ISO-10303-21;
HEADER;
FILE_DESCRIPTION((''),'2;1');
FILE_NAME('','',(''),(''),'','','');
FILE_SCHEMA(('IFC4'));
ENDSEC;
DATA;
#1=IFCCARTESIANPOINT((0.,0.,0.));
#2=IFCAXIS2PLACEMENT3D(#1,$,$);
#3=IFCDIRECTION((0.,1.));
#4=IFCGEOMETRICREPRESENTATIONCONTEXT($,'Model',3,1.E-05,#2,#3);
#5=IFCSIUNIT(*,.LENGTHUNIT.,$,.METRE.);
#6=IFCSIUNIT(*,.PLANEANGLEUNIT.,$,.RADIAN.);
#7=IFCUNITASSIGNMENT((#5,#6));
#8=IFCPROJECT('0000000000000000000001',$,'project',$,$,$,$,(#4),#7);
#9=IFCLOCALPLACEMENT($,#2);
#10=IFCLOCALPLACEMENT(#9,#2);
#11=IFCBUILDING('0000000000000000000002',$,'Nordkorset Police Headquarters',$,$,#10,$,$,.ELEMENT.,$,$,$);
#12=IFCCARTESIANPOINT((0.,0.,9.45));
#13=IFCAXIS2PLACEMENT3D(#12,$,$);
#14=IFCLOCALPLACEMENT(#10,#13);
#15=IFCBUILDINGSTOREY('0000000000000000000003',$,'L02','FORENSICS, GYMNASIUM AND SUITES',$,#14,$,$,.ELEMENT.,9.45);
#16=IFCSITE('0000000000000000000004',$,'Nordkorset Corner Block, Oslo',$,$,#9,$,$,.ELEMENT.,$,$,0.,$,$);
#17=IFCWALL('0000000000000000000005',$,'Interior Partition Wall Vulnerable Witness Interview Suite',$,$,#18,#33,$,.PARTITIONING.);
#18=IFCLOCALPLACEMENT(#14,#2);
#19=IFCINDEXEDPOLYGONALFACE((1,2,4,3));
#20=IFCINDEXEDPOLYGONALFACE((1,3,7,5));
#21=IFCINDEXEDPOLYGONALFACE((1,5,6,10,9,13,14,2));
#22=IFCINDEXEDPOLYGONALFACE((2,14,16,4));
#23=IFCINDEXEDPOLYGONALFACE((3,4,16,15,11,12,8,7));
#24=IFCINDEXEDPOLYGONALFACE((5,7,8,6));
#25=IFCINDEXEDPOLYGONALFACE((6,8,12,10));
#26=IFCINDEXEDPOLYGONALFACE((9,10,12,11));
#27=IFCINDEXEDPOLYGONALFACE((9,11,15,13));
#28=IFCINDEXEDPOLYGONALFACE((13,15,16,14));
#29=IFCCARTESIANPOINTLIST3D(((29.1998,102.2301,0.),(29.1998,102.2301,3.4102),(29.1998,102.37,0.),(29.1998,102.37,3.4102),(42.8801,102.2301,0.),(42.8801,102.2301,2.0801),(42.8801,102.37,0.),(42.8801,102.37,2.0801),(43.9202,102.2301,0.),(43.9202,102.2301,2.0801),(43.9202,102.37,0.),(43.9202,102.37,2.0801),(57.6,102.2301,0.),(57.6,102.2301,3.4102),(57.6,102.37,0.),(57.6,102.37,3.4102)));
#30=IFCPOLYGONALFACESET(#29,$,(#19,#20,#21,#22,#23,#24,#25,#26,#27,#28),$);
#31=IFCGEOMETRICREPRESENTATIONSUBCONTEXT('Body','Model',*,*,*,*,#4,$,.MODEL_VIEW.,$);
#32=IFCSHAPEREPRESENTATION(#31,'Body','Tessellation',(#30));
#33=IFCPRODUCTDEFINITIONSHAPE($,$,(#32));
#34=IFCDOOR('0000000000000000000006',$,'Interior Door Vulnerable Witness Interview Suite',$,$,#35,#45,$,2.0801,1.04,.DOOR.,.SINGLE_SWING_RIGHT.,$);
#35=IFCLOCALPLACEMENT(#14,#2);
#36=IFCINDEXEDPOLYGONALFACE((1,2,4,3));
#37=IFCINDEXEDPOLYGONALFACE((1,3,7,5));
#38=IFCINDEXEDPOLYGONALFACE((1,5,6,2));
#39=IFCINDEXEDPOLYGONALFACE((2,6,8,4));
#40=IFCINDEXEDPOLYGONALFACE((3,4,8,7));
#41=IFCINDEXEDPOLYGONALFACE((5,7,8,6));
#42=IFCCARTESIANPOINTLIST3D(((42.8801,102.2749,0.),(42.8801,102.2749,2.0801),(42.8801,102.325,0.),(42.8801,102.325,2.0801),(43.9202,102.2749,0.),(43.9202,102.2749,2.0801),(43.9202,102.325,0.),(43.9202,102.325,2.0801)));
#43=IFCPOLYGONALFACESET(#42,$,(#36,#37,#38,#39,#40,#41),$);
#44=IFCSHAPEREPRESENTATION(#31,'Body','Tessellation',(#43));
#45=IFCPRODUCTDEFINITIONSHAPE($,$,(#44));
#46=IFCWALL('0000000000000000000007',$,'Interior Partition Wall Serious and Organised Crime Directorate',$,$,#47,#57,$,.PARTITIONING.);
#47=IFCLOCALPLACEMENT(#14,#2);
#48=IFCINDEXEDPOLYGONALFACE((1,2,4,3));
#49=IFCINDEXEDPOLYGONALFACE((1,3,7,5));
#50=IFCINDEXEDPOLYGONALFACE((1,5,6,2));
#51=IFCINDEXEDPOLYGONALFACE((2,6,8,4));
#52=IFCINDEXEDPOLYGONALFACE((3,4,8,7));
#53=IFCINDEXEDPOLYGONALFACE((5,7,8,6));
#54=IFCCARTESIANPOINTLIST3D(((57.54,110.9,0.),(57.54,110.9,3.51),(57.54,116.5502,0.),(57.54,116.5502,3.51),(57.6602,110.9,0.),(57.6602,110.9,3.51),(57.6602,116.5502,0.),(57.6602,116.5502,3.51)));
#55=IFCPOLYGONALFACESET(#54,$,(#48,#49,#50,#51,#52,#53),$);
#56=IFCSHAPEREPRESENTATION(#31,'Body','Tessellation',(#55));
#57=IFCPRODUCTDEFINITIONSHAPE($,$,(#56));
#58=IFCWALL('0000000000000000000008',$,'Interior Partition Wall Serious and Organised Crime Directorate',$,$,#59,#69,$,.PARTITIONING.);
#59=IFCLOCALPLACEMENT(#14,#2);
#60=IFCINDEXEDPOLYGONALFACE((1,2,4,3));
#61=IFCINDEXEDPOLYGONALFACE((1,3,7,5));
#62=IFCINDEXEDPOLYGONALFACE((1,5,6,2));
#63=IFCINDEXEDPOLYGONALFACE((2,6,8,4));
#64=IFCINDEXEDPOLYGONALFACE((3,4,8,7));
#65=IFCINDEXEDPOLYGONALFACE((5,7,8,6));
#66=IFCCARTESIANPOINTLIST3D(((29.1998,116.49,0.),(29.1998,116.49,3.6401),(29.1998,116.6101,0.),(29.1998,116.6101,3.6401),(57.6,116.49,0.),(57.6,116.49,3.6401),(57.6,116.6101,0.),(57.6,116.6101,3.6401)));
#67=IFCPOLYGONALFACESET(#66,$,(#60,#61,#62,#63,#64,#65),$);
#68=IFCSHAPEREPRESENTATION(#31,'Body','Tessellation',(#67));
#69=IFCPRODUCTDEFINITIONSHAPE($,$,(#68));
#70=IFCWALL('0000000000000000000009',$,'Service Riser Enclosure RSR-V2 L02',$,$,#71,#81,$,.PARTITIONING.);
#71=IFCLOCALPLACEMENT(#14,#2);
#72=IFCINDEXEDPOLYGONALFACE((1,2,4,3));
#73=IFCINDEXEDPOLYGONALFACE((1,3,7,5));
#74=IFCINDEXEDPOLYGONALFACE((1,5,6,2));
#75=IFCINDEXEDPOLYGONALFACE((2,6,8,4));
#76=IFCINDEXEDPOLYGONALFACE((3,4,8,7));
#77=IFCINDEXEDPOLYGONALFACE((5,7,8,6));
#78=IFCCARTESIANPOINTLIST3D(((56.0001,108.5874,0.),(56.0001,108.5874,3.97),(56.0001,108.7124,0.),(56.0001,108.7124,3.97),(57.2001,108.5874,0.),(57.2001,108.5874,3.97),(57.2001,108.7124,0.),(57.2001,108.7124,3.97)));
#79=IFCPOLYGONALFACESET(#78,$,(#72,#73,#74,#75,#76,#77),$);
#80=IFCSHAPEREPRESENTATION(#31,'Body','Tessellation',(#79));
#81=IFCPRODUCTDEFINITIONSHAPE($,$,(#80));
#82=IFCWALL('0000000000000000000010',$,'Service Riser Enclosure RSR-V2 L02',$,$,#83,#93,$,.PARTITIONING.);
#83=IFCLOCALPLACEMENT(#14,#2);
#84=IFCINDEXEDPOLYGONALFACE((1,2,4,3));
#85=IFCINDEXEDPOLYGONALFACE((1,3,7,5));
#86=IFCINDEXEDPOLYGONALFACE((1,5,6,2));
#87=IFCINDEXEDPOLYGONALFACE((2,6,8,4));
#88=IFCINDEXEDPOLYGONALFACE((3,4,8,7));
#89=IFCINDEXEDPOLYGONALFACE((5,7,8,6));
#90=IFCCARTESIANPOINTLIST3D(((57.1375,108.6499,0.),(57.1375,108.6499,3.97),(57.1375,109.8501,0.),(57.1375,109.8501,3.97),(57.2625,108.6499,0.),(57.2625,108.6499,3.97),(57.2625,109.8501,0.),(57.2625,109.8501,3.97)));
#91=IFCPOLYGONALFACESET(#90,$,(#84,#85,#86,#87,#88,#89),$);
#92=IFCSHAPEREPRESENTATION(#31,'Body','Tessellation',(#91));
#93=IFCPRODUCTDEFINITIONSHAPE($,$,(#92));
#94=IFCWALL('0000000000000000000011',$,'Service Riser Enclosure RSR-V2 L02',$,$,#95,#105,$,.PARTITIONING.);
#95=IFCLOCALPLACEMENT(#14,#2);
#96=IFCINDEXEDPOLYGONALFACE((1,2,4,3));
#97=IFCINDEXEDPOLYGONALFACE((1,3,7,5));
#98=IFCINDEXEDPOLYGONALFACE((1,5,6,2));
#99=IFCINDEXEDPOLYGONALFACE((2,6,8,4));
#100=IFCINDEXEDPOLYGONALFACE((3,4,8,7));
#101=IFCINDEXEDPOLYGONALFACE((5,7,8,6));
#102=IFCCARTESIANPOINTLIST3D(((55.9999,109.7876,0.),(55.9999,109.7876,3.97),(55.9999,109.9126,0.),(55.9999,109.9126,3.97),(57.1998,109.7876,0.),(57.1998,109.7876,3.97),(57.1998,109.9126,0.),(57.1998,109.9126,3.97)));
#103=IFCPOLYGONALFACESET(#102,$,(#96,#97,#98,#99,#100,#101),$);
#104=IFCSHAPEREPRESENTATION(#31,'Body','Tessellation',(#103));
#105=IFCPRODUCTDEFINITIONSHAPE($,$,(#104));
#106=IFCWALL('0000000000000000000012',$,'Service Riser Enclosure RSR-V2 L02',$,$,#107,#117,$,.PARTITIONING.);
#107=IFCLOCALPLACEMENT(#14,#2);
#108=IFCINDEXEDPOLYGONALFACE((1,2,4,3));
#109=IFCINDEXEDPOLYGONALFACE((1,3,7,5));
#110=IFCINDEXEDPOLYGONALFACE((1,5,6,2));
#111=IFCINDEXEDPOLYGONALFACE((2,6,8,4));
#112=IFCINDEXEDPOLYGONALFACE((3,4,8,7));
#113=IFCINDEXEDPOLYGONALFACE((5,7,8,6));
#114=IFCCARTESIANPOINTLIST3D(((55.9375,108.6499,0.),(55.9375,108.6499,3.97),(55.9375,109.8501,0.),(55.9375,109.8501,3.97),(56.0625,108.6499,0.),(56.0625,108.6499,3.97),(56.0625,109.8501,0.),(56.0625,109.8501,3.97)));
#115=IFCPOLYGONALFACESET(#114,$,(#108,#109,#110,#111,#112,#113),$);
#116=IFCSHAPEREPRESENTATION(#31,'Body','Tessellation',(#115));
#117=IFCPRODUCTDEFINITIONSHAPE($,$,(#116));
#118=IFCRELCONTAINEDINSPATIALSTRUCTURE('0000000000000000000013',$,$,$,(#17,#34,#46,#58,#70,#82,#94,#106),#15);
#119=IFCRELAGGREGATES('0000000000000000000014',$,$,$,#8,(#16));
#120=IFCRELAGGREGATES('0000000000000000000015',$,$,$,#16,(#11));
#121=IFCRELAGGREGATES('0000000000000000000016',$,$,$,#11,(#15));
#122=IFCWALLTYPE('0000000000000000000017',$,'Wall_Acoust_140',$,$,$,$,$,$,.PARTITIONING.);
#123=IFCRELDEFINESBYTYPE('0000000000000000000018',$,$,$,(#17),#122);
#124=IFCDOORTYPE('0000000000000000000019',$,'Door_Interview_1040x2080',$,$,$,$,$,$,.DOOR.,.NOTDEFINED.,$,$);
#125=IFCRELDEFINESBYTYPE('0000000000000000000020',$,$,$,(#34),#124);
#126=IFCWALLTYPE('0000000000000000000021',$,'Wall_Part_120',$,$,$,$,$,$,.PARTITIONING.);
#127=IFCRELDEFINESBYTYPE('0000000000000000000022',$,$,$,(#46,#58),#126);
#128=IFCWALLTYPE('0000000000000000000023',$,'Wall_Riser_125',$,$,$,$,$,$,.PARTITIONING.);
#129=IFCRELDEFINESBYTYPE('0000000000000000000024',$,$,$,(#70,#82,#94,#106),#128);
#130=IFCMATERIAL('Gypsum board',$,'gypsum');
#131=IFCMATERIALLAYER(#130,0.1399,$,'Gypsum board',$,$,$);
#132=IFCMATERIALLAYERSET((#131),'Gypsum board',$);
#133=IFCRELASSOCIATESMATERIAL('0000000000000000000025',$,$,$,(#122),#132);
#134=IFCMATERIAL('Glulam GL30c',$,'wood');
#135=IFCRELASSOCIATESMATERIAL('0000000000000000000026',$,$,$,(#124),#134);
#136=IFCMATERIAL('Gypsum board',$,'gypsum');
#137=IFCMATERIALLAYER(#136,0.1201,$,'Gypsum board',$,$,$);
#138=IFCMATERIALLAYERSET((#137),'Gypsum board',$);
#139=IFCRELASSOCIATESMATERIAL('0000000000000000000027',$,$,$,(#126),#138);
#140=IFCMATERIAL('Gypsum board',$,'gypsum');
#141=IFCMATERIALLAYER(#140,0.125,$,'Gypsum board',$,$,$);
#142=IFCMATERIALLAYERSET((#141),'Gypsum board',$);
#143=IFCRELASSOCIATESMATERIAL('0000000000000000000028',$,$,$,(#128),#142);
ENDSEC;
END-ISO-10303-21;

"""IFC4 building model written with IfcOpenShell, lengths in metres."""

from ifc_helpers import new_model, si_unit, direction, frame, frame_2d, origin, place, context, subcontext, project, spatial, rectangle, extrude, material, layer, layer_set, type_object, element, fill, save


model = new_model("IFC4")

# Units and contexts
model_context = context("Model", 3, precision=1e-05, world=origin(), true_north=direction((0.0, 1.0)))
body_context = subcontext(model_context, "Body", "Model", "MODEL_VIEW")
ifc_project = project(units=[si_unit("LENGTHUNIT", "METRE"), si_unit("PLANEANGLEUNIT", "RADIAN")], contexts=[model_context])

# Site, building, storey
site_placement = place(None, origin())
site = spatial("IfcSite", under=ifc_project, at=site_placement, Name="Nordkorset Corner Block, Oslo", CompositionType="ELEMENT", RefElevation=0.0)
building_placement = place(site_placement, origin())
building = spatial("IfcBuilding", under=site, at=building_placement, Name="Nordkorset Police Headquarters", CompositionType="ELEMENT")
storey_placement = place(building_placement, frame((0.0, 0.0, 9.45)))
storey = spatial("IfcBuildingStorey", under=building, at=storey_placement, Name="L02", Description="FORENSICS, GYMNASIUM AND SUITES", CompositionType="ELEMENT", Elevation=9.45)

# Shared definitions
ifc_material_1 = material(Name="Gypsum board", Category="gypsum")
ifc_layer_1 = layer(ifc_material_1, 0.1399, Name="Gypsum board")
ifc_layer_set_1 = layer_set([ifc_layer_1], Name="Gypsum board")
wall_type_1 = type_object("IfcWallType", Name="Wall_Acoust_140", PredefinedType="PARTITIONING", material=ifc_layer_set_1)

# Wall, opening, door
wall_1_placement = place(storey_placement, frame((57.6001, 102.3, 0.0), z_axis=(0.0, 0.0, 1.0), x_axis=(-1.0, 0.0, 0.0)))
wall_1 = element("IfcWall", 1, at=wall_1_placement, inside=storey, type_object=wall_type_1, Name="Interior Partition Wall Vulnerable Witness Interview Suite", PredefinedType="PARTITIONING", context=body_context, shape_type="SweptSolid", body=[
    extrude(rectangle(XDim=28.4001, YDim=0.1399, at=frame_2d((14.2002, 0.0))), origin(), (0.0, 0.0, 1.0), 3.4102),
])
opening_placement = place(wall_1_placement, frame((13.6799, 0.0, 0.0)))
opening = element("IfcOpeningElement", 2, at=opening_placement, cuts=wall_1, PredefinedType="OPENING", context=body_context, shape_type="SweptSolid", body=[
    extrude(rectangle(XDim=1.04, YDim=2.0801, at=frame_2d((0.52, 1.04))), frame((0.0, 0.0801, 0.0), z_axis=(0.0, -1.0, 0.0), x_axis=(1.0, 0.0, 0.0)), (0.0, 0.0, 1.0), 0.1599),
])
ifc_material_2 = material(Name="Glulam GL30c", Category="wood")
door_type = type_object("IfcDoorType", Name="Door_Interview_1040x2080", OperationType="NOTDEFINED", PredefinedType="DOOR", material=ifc_material_2)
door_placement = place(opening_placement, frame((1.04, 0.0, 0.0), z_axis=(0.0, 0.0, 1.0), x_axis=(-1.0, 0.0, 0.0)))
door = element("IfcDoor", 3, at=door_placement, inside=storey, type_object=door_type, Name="Interior Door Vulnerable Witness Interview Suite", OperationType="SINGLE_SWING_RIGHT", OverallHeight=2.0801, OverallWidth=1.04, PredefinedType="DOOR", context=body_context, shape_type="SweptSolid", body=[
    extrude(rectangle(XDim=1.04, YDim=2.0801, at=frame_2d((0.52, 1.04))), frame((0.0, 0.0249, 0.0), z_axis=(0.0, -1.0, 0.0), x_axis=(1.0, 0.0, 0.0)), (0.0, 0.0, 1.0), 0.05),
])
fill(opening, door)

# Walls
ifc_material_3 = material(Name="Gypsum board", Category="gypsum")
ifc_layer_2 = layer(ifc_material_3, 0.1201, Name="Gypsum board")
ifc_layer_set_2 = layer_set([ifc_layer_2], Name="Gypsum board")
wall_type_2 = type_object("IfcWallType", Name="Wall_Part_120", PredefinedType="PARTITIONING", material=ifc_layer_set_2)
wall_2_placement = place(storey_placement, frame((57.6001, 110.8999, 0.0), z_axis=(0.0, 0.0, 1.0), x_axis=(0.0, 1.0, 0.0)))
element("IfcWall", 4, at=wall_2_placement, inside=storey, type_object=wall_type_2, Name="Interior Partition Wall Serious and Organised Crime Directorate", PredefinedType="PARTITIONING", context=body_context, shape_type="SweptSolid", body=[
    extrude(rectangle(XDim=5.6501, YDim=0.1201, at=frame_2d((2.8252, 0.0))), origin(), (0.0, 0.0, 1.0), 3.51),
])
wall_3_placement = place(storey_placement, frame((57.6001, 116.55, 0.0), z_axis=(0.0, 0.0, 1.0), x_axis=(-1.0, 0.0, 0.0)))
element("IfcWall", 5, at=wall_3_placement, inside=storey, type_object=wall_type_2, Name="Interior Partition Wall Serious and Organised Crime Directorate", PredefinedType="PARTITIONING", context=body_context, shape_type="SweptSolid", body=[
    extrude(rectangle(XDim=28.4001, YDim=0.1201, at=frame_2d((14.2002, 0.0))), origin(), (0.0, 0.0, 1.0), 3.6401),
])
ifc_material_4 = material(Name="Gypsum board", Category="gypsum")
ifc_layer_3 = layer(ifc_material_4, 0.125, Name="Gypsum board")
ifc_layer_set_3 = layer_set([ifc_layer_3], Name="Gypsum board")
wall_type_3 = type_object("IfcWallType", Name="Wall_Riser_125", PredefinedType="PARTITIONING", material=ifc_layer_set_3)
wall_4_placement = place(storey_placement, frame((56.0, 108.6499, 0.0), z_axis=(0.0, 0.0, 1.0), x_axis=(1.0, 0.0, 0.0)))
element("IfcWall", 6, at=wall_4_placement, inside=storey, type_object=wall_type_3, Name="Service Riser Enclosure RSR-V2 L02", PredefinedType="PARTITIONING", context=body_context, shape_type="SweptSolid", body=[
    extrude(rectangle(XDim=1.2, YDim=0.125, at=frame_2d((0.6001, 0.0))), origin(), (0.0, 0.0, 1.0), 3.97),
])
wall_5_placement = place(storey_placement, frame((57.2, 108.6499, 0.0), z_axis=(0.0, 0.0, 1.0), x_axis=(0.0, 1.0, 0.0)))
element("IfcWall", 7, at=wall_5_placement, inside=storey, type_object=wall_type_3, Name="Service Riser Enclosure RSR-V2 L02", PredefinedType="PARTITIONING", context=body_context, shape_type="SweptSolid", body=[
    extrude(rectangle(XDim=1.2002, YDim=0.125, at=frame_2d((0.6001, 0.0))), origin(), (0.0, 0.0, 1.0), 3.97),
])
wall_6_placement = place(storey_placement, frame((57.2, 109.8501, 0.0), z_axis=(0.0, 0.0, 1.0), x_axis=(-1.0, 0.0, 0.0)))
element("IfcWall", 8, at=wall_6_placement, inside=storey, type_object=wall_type_3, Name="Service Riser Enclosure RSR-V2 L02", PredefinedType="PARTITIONING", context=body_context, shape_type="SweptSolid", body=[
    extrude(rectangle(XDim=1.2, YDim=0.125, at=frame_2d((0.6001, 0.0))), origin(), (0.0, 0.0, 1.0), 3.97),
])
wall_7_placement = place(storey_placement, frame((56.0, 109.8501, 0.0), z_axis=(0.0, 0.0, 1.0), x_axis=(0.0, -1.0, 0.0)))
element("IfcWall", 9, at=wall_7_placement, inside=storey, type_object=wall_type_3, Name="Service Riser Enclosure RSR-V2 L02", PredefinedType="PARTITIONING", context=body_context, shape_type="SweptSolid", body=[
    extrude(rectangle(XDim=1.2002, YDim=0.125, at=frame_2d((0.6001, 0.0))), origin(), (0.0, 0.0, 1.0), 3.97),
])

save(model, "model.ifc")
